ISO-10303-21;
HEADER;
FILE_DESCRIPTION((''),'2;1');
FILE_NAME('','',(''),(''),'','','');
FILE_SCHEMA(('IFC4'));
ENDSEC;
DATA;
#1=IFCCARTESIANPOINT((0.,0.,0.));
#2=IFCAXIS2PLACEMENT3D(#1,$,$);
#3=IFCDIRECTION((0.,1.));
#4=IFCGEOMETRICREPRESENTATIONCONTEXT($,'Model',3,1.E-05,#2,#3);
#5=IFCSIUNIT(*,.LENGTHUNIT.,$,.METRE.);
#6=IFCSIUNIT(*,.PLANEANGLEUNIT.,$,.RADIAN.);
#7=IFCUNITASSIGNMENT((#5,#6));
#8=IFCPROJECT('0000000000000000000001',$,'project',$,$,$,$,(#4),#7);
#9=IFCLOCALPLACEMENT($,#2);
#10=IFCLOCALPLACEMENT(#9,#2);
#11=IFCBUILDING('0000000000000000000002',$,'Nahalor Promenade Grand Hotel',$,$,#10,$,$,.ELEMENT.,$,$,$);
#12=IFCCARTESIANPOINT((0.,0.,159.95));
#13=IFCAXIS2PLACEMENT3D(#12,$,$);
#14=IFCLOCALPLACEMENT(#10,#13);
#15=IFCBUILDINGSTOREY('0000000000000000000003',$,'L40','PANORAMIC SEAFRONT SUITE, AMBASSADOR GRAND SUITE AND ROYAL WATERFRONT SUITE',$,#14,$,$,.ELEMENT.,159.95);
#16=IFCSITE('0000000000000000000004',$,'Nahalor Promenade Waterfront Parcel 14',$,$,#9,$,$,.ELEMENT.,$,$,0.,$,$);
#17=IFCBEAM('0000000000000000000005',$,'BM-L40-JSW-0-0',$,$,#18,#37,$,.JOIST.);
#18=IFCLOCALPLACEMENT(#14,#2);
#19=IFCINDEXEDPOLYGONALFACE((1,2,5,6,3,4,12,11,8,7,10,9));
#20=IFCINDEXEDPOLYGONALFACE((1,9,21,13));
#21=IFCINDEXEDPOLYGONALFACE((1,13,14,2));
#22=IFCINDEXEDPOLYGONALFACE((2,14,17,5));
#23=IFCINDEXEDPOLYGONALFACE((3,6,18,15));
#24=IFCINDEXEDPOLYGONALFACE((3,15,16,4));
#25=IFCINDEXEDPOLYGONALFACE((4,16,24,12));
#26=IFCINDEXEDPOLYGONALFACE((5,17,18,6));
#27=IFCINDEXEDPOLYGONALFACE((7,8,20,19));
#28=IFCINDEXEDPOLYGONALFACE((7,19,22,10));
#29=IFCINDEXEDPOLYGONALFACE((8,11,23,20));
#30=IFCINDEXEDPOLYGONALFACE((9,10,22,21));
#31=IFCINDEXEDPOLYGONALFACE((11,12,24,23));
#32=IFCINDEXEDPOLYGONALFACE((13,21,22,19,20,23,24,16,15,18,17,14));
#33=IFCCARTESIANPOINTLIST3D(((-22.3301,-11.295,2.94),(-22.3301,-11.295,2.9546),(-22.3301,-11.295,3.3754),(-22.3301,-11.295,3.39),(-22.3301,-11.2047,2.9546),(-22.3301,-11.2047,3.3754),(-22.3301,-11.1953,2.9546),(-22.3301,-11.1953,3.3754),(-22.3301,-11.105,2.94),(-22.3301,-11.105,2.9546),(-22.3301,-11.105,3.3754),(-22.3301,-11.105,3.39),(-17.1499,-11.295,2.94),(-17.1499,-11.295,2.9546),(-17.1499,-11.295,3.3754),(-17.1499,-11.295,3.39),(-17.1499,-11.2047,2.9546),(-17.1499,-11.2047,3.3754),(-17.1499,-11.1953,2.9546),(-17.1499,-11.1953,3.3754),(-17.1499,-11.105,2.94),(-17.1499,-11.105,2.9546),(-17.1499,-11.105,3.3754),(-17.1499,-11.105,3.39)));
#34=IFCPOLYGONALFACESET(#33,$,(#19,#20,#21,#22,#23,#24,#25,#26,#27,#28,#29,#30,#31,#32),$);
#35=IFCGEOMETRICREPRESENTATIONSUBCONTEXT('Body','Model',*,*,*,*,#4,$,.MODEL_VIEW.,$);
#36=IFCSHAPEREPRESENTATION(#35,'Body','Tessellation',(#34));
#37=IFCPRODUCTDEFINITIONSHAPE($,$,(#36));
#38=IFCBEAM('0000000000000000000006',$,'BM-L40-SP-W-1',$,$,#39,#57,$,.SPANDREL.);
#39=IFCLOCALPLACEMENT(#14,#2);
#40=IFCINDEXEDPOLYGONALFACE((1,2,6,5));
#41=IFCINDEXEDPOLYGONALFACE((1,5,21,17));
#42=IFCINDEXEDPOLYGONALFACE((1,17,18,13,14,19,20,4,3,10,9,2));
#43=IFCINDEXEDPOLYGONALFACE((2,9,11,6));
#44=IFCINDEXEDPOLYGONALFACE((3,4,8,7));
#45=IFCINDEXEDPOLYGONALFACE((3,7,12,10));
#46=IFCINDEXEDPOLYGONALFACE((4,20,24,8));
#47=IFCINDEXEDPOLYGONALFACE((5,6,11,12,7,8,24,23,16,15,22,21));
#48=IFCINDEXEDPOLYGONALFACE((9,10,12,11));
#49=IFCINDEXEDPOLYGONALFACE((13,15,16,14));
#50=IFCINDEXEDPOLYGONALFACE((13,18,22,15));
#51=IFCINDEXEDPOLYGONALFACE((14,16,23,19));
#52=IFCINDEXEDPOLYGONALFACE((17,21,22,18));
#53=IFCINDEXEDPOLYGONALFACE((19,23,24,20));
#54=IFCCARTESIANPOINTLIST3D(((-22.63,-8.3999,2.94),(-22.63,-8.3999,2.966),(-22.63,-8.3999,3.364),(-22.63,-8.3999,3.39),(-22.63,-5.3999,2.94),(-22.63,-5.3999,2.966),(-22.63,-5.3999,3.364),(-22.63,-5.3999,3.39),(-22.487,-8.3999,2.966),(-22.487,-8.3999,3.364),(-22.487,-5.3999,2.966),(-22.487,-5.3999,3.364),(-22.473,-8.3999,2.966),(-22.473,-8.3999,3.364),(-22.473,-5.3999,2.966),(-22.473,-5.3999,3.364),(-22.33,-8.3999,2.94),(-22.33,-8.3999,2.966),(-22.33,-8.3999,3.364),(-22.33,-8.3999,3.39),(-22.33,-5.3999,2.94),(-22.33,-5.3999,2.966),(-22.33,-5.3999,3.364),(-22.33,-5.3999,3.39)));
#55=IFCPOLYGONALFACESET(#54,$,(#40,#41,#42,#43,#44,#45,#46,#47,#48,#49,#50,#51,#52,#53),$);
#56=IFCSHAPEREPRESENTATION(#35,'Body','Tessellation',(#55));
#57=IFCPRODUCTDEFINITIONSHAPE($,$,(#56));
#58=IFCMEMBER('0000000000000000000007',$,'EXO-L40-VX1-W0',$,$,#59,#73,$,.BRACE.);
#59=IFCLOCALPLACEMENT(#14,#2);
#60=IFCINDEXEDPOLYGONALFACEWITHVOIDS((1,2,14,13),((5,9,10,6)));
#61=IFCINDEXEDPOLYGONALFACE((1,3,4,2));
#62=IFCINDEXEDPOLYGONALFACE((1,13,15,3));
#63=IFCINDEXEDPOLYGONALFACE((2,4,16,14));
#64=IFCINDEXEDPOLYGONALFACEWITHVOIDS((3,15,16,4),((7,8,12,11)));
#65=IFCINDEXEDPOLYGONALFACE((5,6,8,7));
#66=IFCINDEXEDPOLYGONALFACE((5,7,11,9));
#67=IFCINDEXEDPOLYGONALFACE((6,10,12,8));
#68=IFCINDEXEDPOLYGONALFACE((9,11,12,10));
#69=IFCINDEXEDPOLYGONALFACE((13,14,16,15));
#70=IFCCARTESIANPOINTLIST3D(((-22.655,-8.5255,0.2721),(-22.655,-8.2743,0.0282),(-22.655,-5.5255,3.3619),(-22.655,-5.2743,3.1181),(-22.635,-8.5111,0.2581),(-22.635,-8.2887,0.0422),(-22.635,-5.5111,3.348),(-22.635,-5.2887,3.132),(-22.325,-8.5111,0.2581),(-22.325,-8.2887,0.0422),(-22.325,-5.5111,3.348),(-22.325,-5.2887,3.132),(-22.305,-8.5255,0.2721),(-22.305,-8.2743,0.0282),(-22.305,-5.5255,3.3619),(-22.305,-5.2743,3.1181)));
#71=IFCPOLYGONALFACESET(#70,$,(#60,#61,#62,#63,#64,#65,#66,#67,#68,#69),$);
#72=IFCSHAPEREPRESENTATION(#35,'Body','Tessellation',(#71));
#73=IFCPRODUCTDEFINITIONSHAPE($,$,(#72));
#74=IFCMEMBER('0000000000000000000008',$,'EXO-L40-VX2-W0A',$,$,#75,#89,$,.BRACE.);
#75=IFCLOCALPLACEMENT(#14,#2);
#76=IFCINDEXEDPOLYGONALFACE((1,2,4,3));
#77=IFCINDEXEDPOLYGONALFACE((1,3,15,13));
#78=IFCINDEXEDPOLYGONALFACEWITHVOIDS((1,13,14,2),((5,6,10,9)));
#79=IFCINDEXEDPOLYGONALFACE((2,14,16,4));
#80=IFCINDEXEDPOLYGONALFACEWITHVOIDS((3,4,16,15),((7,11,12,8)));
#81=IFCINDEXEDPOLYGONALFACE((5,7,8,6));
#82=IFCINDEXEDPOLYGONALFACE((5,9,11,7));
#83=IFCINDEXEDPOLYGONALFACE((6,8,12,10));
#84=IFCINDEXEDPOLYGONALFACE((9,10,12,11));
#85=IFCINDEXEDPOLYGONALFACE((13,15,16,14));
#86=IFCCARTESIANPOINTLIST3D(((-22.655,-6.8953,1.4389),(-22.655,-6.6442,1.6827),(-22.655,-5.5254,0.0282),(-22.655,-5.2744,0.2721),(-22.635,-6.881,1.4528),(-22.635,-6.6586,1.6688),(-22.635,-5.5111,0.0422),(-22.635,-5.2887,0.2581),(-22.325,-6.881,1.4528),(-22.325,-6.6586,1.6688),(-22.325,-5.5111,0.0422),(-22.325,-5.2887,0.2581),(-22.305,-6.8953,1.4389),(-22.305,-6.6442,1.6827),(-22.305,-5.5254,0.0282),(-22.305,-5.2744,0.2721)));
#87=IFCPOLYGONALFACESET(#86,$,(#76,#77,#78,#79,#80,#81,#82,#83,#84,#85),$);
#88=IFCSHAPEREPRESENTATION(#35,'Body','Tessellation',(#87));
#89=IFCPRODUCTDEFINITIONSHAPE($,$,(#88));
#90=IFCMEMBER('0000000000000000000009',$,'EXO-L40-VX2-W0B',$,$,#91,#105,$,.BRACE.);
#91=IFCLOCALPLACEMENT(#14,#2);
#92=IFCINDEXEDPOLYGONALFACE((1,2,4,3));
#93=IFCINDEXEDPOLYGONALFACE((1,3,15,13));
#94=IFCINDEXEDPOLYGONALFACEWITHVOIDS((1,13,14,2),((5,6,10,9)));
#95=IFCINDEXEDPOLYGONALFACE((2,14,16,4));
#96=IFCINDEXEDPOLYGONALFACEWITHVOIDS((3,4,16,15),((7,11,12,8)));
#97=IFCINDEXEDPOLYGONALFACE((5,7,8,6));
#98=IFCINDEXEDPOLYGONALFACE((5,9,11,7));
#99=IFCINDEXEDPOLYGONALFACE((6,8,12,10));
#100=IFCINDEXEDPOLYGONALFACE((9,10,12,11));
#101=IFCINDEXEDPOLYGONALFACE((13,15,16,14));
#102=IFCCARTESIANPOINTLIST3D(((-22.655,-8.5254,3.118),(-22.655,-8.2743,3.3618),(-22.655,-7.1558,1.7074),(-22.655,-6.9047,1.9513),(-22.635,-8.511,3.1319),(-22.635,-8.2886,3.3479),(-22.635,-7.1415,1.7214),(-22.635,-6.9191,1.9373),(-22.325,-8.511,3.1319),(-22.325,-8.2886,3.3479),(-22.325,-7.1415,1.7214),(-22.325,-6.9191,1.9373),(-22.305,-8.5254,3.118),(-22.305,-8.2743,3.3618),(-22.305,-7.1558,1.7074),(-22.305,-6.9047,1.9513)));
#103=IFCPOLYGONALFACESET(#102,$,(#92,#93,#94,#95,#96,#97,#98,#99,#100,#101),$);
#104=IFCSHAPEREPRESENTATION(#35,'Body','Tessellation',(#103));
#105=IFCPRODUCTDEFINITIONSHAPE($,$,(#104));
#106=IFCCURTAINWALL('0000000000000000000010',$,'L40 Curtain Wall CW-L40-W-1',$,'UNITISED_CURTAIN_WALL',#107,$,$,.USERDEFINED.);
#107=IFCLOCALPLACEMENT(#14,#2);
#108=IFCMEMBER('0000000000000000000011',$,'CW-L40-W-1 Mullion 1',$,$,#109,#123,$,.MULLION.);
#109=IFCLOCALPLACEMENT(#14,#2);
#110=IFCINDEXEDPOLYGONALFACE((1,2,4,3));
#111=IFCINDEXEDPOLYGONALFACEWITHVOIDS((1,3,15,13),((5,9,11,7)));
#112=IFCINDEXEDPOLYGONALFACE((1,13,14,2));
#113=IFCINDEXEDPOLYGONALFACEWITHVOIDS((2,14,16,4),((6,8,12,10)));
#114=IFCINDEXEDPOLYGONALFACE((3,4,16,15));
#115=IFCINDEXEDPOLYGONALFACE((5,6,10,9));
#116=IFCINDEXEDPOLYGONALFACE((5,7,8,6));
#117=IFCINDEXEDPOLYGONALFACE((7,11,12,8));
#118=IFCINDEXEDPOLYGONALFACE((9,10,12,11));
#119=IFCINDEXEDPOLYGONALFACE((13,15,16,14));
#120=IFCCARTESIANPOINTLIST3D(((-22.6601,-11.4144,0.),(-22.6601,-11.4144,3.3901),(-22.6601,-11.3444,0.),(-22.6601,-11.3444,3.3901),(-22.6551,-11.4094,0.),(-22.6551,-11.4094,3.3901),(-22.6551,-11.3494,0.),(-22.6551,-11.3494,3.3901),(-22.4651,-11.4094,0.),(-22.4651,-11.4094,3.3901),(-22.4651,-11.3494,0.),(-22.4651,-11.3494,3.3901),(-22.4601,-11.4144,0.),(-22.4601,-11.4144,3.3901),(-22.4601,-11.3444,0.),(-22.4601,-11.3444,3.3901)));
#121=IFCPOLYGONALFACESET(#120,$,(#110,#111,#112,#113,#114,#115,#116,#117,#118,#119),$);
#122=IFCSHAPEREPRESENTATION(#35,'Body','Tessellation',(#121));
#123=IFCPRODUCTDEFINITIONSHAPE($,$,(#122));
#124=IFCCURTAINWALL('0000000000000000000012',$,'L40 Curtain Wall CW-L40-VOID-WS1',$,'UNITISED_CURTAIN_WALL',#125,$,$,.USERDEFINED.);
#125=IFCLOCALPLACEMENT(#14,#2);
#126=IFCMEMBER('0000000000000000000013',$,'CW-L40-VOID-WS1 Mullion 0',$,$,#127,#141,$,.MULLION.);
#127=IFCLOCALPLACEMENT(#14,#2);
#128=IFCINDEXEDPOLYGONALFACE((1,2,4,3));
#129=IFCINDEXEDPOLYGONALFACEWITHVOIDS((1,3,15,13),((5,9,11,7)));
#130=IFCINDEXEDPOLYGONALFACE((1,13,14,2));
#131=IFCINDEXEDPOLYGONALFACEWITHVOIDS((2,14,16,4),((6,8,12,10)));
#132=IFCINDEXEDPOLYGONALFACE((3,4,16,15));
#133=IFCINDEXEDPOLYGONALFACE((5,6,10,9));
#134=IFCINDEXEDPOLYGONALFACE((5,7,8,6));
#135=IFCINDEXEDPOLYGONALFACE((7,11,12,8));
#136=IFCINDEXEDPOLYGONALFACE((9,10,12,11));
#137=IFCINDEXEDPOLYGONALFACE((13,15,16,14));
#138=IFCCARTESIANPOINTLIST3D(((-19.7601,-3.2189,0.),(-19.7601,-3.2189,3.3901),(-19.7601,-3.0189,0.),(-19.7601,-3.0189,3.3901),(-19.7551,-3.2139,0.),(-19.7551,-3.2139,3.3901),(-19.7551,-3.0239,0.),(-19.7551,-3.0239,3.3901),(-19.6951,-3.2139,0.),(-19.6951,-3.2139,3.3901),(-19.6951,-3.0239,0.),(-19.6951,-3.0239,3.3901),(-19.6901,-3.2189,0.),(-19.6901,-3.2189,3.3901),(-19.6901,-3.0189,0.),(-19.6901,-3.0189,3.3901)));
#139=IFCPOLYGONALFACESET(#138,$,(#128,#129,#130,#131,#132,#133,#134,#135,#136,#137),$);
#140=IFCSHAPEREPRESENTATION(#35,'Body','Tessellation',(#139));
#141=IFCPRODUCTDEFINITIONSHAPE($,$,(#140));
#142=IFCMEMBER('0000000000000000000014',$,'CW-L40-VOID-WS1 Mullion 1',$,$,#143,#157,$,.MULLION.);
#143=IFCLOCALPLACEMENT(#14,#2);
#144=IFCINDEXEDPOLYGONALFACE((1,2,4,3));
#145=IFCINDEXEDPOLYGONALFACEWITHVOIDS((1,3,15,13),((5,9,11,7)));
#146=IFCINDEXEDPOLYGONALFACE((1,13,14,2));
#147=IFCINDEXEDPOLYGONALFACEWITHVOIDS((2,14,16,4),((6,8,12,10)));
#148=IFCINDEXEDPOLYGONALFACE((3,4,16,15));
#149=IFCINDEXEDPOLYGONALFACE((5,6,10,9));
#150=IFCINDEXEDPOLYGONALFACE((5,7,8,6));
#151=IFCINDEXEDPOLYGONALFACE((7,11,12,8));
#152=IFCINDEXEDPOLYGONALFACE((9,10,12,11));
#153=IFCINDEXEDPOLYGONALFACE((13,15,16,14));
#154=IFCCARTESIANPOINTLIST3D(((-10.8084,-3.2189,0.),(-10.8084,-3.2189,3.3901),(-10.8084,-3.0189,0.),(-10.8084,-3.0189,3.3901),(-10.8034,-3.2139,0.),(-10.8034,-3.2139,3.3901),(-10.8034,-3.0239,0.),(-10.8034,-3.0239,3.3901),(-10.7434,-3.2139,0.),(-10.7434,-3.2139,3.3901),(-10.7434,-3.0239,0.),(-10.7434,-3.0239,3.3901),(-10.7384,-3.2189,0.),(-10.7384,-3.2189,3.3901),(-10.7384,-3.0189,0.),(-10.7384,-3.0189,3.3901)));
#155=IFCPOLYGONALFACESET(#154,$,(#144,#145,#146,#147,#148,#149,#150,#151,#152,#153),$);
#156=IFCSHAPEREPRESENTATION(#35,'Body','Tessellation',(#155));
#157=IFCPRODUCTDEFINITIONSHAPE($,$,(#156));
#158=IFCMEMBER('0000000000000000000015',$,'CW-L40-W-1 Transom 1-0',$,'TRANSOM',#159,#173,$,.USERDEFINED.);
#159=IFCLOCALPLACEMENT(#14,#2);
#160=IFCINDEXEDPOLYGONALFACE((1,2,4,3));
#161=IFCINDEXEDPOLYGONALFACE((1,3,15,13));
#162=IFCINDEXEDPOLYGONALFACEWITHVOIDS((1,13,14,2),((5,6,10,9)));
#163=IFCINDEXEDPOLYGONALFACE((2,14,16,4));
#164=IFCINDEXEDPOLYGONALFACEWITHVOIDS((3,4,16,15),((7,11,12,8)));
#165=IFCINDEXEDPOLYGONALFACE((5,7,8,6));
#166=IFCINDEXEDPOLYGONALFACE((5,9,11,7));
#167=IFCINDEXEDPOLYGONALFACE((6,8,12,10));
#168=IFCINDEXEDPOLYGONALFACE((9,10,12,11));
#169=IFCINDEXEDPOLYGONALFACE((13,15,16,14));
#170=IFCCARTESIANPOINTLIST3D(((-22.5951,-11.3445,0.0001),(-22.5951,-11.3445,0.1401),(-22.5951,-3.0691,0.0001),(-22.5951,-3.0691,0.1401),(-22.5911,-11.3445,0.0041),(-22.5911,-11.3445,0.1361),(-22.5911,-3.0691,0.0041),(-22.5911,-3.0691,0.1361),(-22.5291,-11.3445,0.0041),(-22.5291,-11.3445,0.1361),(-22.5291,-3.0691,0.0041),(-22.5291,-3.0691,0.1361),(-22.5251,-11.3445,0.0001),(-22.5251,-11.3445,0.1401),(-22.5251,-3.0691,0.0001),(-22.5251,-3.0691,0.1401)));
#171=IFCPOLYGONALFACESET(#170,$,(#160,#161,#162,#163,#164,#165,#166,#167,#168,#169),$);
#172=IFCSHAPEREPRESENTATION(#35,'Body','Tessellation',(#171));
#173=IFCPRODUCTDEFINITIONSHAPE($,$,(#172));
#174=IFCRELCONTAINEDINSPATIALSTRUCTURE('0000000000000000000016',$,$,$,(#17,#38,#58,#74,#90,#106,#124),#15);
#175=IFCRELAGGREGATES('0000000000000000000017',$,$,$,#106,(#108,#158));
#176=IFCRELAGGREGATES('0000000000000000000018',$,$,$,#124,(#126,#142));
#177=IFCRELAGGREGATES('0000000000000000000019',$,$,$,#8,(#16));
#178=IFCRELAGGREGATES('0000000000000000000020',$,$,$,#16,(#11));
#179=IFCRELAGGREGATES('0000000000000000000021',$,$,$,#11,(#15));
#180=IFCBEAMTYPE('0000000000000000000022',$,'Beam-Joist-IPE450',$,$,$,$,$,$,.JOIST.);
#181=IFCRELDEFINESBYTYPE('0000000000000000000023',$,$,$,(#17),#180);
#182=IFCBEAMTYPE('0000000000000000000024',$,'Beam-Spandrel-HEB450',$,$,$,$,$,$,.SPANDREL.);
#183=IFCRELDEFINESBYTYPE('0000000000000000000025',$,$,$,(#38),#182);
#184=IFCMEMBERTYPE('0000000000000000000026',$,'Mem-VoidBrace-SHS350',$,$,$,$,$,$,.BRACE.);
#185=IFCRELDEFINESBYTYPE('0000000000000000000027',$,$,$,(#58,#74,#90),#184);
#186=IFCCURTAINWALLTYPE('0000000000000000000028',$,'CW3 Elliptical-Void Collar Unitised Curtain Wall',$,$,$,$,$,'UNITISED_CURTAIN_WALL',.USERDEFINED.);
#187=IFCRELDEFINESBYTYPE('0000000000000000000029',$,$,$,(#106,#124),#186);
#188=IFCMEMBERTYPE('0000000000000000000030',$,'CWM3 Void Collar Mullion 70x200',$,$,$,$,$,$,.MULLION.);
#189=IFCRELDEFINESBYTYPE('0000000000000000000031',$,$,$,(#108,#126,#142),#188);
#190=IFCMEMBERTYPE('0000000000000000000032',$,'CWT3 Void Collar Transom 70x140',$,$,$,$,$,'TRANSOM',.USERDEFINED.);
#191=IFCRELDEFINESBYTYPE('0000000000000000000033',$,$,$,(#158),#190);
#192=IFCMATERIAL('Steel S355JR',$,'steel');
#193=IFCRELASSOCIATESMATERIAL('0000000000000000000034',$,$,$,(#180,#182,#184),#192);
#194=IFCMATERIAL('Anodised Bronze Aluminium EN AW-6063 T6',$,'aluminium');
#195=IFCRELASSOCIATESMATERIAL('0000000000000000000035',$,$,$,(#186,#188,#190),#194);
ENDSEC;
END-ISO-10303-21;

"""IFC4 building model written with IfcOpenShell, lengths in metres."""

from ifc_helpers import new_model, si_unit, direction, frame, origin, origin_2d, place, context, subcontext, project, spatial, hollow_rectangle, i_section, extrude, source, transform, mapped, material, material_profile, profile_set, type_object, element, aggregate, save


model = new_model("IFC4")

# Units and contexts
model_context = context("Model", 3, precision=1e-05, world=origin(), true_north=direction((0.0, 1.0)))
body_context = subcontext(model_context, "Body", "Model", "MODEL_VIEW")
ifc_project = project(units=[si_unit("LENGTHUNIT", "METRE"), si_unit("PLANEANGLEUNIT", "RADIAN")], contexts=[model_context])

# Site, building, storey
site_placement = place(None, origin())
site = spatial("IfcSite", under=ifc_project, at=site_placement, Name="Nahalor Promenade Waterfront Parcel 14", CompositionType="ELEMENT", RefElevation=0.0)
building_placement = place(site_placement, origin())
building = spatial("IfcBuilding", under=site, at=building_placement, Name="Nahalor Promenade Grand Hotel", CompositionType="ELEMENT")
storey_placement = place(building_placement, frame((0.0, 0.0, 159.95)))
storey = spatial("IfcBuildingStorey", under=building, at=storey_placement, Name="L40", Description="PANORAMIC SEAFRONT SUITE, AMBASSADOR GRAND SUITE AND ROYAL WATERFRONT SUITE", CompositionType="ELEMENT", Elevation=159.95)

# Beams
ifc_material_1 = material(Name="Steel S355JR", Category="steel")
ifc_material_profile_1 = material_profile(ifc_material_1, i_section(OverallWidth=0.19, OverallDepth=0.45, WebThickness=0.0094, FlangeThickness=0.0146, at=origin_2d()), Name="IPE 450")
ifc_profile_set_1 = profile_set([ifc_material_profile_1], Name="Steel S355JR")
beam_type_1 = type_object("IfcBeamType", Name="Beam-Joist-IPE450", PredefinedType="JOIST", material=ifc_profile_set_1)
shared_shape_1 = source(origin(), body_context, "Body", "SweptSolid", [
    extrude(i_section(OverallWidth=0.19, OverallDepth=0.45, WebThickness=0.0094, FlangeThickness=0.0146, at=origin_2d()), origin(), (0.0, 0.0, 1.0), 5.1802),
])
beam_1_placement = place(storey_placement, frame((-22.3301, -11.2, 3.165), z_axis=(1.0, 0.0, 0.0), x_axis=(0.0, 1.0, 0.0)))
element("IfcBeam", 1, at=beam_1_placement, inside=storey, type_object=beam_type_1, Name="BM-L40-JSW-0-0", PredefinedType="JOIST", context=body_context, shape_type="MappedRepresentation", body=[
    mapped(shared_shape_1, transform((0.0, 0.0, 0.0), scale=1.0)),
])
ifc_material_profile_2 = material_profile(ifc_material_1, i_section(OverallWidth=0.3, OverallDepth=0.45, WebThickness=0.014, FlangeThickness=0.026, at=origin_2d()), Name="HEB 450")
ifc_profile_set_2 = profile_set([ifc_material_profile_2], Name="Steel S355JR")
beam_type_2 = type_object("IfcBeamType", Name="Beam-Spandrel-HEB450", PredefinedType="SPANDREL", material=ifc_profile_set_2)
shared_shape_2 = source(origin(), body_context, "Body", "SweptSolid", [
    extrude(i_section(OverallWidth=0.3, OverallDepth=0.45, WebThickness=0.014, FlangeThickness=0.026, at=origin_2d()), origin(), (0.0, 0.0, 1.0), 3.0),
])
beam_2_placement = place(storey_placement, frame((-22.48, -8.3999, 3.165), z_axis=(0.0, 1.0, 0.0), x_axis=(-1.0, 0.0, 0.0)))
element("IfcBeam", 2, at=beam_2_placement, inside=storey, type_object=beam_type_2, Name="BM-L40-SP-W-1", PredefinedType="SPANDREL", context=body_context, shape_type="MappedRepresentation", body=[
    mapped(shared_shape_2, transform((0.0, 0.0, 0.0), scale=1.0)),
])

# Members
ifc_material_profile_3 = material_profile(ifc_material_1, hollow_rectangle(XDim=0.35, YDim=0.35, WallThickness=0.02, at=origin_2d()), Name="SHS 350x350x20")
ifc_profile_set_3 = profile_set([ifc_material_profile_3], Name="Steel S355JR")
member_type_1 = type_object("IfcMemberType", Name="Mem-VoidBrace-SHS350", PredefinedType="BRACE", material=ifc_profile_set_3)
shared_shape_3 = source(origin(), body_context, "Body", "SweptSolid", [
    extrude(hollow_rectangle(XDim=0.35, YDim=0.35, WallThickness=0.02, at=origin_2d()), origin(), (0.0, 0.0, 1.0), 4.3066),
])
member_1_placement = place(storey_placement, frame((-22.48, -8.3999, 0.1501), z_axis=(0.0, 0.696599, 0.717461), x_axis=(-1.0, 0.0, 0.0)))
element("IfcMember", 3, at=member_1_placement, inside=storey, type_object=member_type_1, Name="EXO-L40-VX1-W0", PredefinedType="BRACE", context=body_context, shape_type="MappedRepresentation", body=[
    mapped(shared_shape_3, transform((0.0, 0.0, 0.0), scale=1.0)),
])
shared_shape_4 = source(origin(), body_context, "Body", "SweptSolid", [
    extrude(hollow_rectangle(XDim=0.35, YDim=0.35, WallThickness=0.02, at=origin_2d()), origin(), (0.0, 0.0, 1.0), 1.9663),
])
member_2_placement = place(storey_placement, frame((-22.48, -5.3999, 0.1501), z_axis=(0.0, -0.696663, 0.717398), x_axis=(1.0, 0.0, 0.0)))
element("IfcMember", 4, at=member_2_placement, inside=storey, type_object=member_type_1, Name="EXO-L40-VX2-W0A", PredefinedType="BRACE", context=body_context, shape_type="MappedRepresentation", body=[
    mapped(shared_shape_4, transform((0.0, 0.0, 0.0), scale=1.0)),
])
shared_shape_5 = source(origin(), body_context, "Body", "SweptSolid", [
    extrude(hollow_rectangle(XDim=0.35, YDim=0.35, WallThickness=0.02, at=origin_2d()), origin(), (0.0, 0.0, 1.0), 1.9661),
])
member_3_placement = place(storey_placement, frame((-22.48, -7.0303, 1.8293), z_axis=(0.0, -0.696599, 0.71746), x_axis=(1.0, 0.0, 0.0)))
element("IfcMember", 5, at=member_3_placement, inside=storey, type_object=member_type_1, Name="EXO-L40-VX2-W0B", PredefinedType="BRACE", context=body_context, shape_type="MappedRepresentation", body=[
    mapped(shared_shape_5, transform((0.0, 0.0, 0.0), scale=1.0)),
])

# Curtain wall, member
ifc_material_2 = material(Name="Anodised Bronze Aluminium EN AW-6063 T6", Category="aluminium")
curtain_wall_type = type_object("IfcCurtainWallType", Name="CW3 Elliptical-Void Collar Unitised Curtain Wall", ElementType="UNITISED_CURTAIN_WALL", PredefinedType="USERDEFINED", material=ifc_material_2)
curtain_wall_1_placement = place(storey_placement, origin())
curtain_wall_1 = element("IfcCurtainWall", 6, at=curtain_wall_1_placement, inside=storey, type_object=curtain_wall_type, Name="L40 Curtain Wall CW-L40-W-1", ObjectType="UNITISED_CURTAIN_WALL", PredefinedType="USERDEFINED")
ifc_material_profile_4 = material_profile(ifc_material_2, hollow_rectangle(XDim=0.07, YDim=0.2, WallThickness=0.005, at=origin_2d()), Name="CWM 70x200x5")
ifc_profile_set_4 = profile_set([ifc_material_profile_4], Name="Anodised Bronze Aluminium EN AW-6063 T6")
member_type_2 = type_object("IfcMemberType", Name="CWM3 Void Collar Mullion 70x200", PredefinedType="MULLION", material=ifc_profile_set_4)
shared_shape_6 = source(origin(), body_context, "Body", "SweptSolid", [
    extrude(hollow_rectangle(XDim=0.07, YDim=0.2, WallThickness=0.005, at=origin_2d()), origin(), (0.0, 0.0, 1.0), 3.3901),
])
member_4_placement = place(storey_placement, frame((-22.5601, -11.3794, 0.0), z_axis=(0.0, 0.0, 1.0), x_axis=(0.0, 1.0, 0.0)))
member_4 = element("IfcMember", 7, at=member_4_placement, type_object=member_type_2, Name="CW-L40-W-1 Mullion 1", PredefinedType="MULLION", context=body_context, shape_type="MappedRepresentation", body=[
    mapped(shared_shape_6, transform((0.0, 0.0, 0.0), scale=1.0)),
])

# Curtain wall, members
curtain_wall_2_placement = place(storey_placement, origin())
curtain_wall_2 = element("IfcCurtainWall", 8, at=curtain_wall_2_placement, inside=storey, type_object=curtain_wall_type, Name="L40 Curtain Wall CW-L40-VOID-WS1", ObjectType="UNITISED_CURTAIN_WALL", PredefinedType="USERDEFINED")
member_5_placement = place(storey_placement, frame((-19.7251, -3.1189, 0.0), z_axis=(0.0, 0.0, 1.0), x_axis=(1.0, 0.0, 0.0)))
member_5 = element("IfcMember", 9, at=member_5_placement, type_object=member_type_2, Name="CW-L40-VOID-WS1 Mullion 0", PredefinedType="MULLION", context=body_context, shape_type="MappedRepresentation", body=[
    mapped(shared_shape_6, transform((0.0, 0.0, 0.0), scale=1.0)),
])
member_6_placement = place(storey_placement, frame((-10.7734, -3.1189, 0.0), z_axis=(0.0, 0.0, 1.0), x_axis=(1.0, 0.0, 0.0)))
member_6 = element("IfcMember", 10, at=member_6_placement, type_object=member_type_2, Name="CW-L40-VOID-WS1 Mullion 1", PredefinedType="MULLION", context=body_context, shape_type="MappedRepresentation", body=[
    mapped(shared_shape_6, transform((0.0, 0.0, 0.0), scale=1.0)),
])

# Member
ifc_material_profile_5 = material_profile(ifc_material_2, hollow_rectangle(XDim=0.07, YDim=0.14, WallThickness=0.004, at=origin_2d()), Name="CWT 70x140x4")
ifc_profile_set_5 = profile_set([ifc_material_profile_5], Name="Anodised Bronze Aluminium EN AW-6063 T6")
member_type_3 = type_object("IfcMemberType", Name="CWT3 Void Collar Transom 70x140", ElementType="TRANSOM", PredefinedType="USERDEFINED", material=ifc_profile_set_5)
shared_shape_7 = source(origin(), body_context, "Body", "SweptSolid", [
    extrude(hollow_rectangle(XDim=0.07, YDim=0.14, WallThickness=0.004, at=origin_2d()), origin(), (0.0, 0.0, 1.0), 8.2754),
])
member_7_placement = place(storey_placement, frame((-22.5601, -11.3445, 0.0701), z_axis=(0.0, 1.0, 0.0), x_axis=(-1.0, 0.0, 0.0)))
member_7 = element("IfcMember", 11, at=member_7_placement, type_object=member_type_3, Name="CW-L40-W-1 Transom 1-0", ObjectType="TRANSOM", PredefinedType="USERDEFINED", context=body_context, shape_type="MappedRepresentation", body=[
    mapped(shared_shape_7, transform((0.0, 0.0, 0.0), scale=1.0)),
])

aggregate(curtain_wall_1, [member_4, member_7])
aggregate(curtain_wall_2, [member_5, member_6])

save(model, "model.ifc")
